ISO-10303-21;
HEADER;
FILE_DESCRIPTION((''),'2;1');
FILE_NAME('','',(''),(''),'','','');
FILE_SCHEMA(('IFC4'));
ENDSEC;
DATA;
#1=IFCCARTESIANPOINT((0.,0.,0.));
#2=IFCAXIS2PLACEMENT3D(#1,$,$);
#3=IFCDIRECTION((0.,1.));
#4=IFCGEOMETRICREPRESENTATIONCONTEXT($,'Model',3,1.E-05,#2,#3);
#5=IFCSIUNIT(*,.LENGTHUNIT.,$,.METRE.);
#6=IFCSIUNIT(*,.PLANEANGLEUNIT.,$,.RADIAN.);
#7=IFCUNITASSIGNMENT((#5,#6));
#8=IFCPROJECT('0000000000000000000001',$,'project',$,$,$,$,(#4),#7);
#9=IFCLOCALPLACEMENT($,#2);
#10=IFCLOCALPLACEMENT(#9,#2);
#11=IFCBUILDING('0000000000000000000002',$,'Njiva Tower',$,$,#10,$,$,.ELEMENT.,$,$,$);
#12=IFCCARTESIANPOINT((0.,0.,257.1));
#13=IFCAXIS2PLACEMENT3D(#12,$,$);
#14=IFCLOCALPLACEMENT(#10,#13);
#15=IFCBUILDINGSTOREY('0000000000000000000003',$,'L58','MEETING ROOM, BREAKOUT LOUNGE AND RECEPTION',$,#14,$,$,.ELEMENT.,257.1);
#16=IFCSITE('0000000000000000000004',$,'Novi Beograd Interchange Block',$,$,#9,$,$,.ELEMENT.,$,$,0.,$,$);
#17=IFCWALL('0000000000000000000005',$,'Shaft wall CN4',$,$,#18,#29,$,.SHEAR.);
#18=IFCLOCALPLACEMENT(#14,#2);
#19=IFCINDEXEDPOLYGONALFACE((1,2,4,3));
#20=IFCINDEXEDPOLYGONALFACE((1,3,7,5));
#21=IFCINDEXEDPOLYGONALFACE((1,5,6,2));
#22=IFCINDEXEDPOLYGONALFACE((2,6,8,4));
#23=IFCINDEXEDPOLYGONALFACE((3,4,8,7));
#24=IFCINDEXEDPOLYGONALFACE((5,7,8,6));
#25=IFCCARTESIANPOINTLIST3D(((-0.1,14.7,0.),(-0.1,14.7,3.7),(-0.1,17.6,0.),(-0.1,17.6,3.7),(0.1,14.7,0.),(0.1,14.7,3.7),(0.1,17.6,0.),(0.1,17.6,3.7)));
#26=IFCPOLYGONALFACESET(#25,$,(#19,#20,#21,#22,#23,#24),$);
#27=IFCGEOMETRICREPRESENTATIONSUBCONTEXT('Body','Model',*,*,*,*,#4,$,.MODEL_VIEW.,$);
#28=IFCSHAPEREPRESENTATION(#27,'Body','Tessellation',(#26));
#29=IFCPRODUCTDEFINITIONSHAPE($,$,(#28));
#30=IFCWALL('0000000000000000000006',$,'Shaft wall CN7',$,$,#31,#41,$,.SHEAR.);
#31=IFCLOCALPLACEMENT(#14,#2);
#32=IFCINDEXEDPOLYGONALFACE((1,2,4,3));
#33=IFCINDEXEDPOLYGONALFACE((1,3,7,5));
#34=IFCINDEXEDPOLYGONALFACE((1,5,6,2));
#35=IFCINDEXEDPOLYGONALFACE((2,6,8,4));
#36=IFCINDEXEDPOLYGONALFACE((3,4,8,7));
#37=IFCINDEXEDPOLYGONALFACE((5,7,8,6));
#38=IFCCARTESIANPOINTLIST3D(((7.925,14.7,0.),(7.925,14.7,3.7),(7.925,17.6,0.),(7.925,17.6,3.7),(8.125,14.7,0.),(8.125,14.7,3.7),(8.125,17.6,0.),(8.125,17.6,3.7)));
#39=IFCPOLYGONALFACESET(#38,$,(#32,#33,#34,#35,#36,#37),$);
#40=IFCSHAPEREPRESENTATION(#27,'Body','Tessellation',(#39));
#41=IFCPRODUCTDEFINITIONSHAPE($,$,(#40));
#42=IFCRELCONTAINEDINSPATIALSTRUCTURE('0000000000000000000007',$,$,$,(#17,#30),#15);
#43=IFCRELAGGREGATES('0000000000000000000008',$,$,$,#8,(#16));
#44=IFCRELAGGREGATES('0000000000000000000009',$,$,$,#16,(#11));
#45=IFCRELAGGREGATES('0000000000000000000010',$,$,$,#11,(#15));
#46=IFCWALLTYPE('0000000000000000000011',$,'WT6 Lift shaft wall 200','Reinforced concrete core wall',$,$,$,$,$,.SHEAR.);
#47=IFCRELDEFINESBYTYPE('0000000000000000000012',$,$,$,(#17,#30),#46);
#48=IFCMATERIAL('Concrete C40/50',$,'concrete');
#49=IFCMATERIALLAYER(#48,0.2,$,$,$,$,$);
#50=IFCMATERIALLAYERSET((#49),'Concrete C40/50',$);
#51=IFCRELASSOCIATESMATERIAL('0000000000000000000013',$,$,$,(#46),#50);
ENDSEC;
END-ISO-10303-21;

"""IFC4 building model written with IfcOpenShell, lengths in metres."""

from ifc_helpers import new_model, si_unit, direction, frame, frame_2d, origin, place, context, subcontext, project, spatial, rectangle, extrude, material, layer, layer_set, type_object, element, save


model = new_model("IFC4")

# Units and contexts
model_context = context("Model", 3, precision=1e-05, world=origin(), true_north=direction((0.0, 1.0)))
body_context = subcontext(model_context, "Body", "Model", "MODEL_VIEW")
ifc_project = project(units=[si_unit("LENGTHUNIT", "METRE"), si_unit("PLANEANGLEUNIT", "RADIAN")], contexts=[model_context])

# Site, building, storey
site_placement = place(None, origin())
site = spatial("IfcSite", under=ifc_project, at=site_placement, Name="Novi Beograd Interchange Block", CompositionType="ELEMENT", RefElevation=0.0)
building_placement = place(site_placement, origin())
building = spatial("IfcBuilding", under=site, at=building_placement, Name="Njiva Tower", CompositionType="ELEMENT")
storey_placement = place(building_placement, frame((0.0, 0.0, 257.1)))
storey = spatial("IfcBuildingStorey", under=building, at=storey_placement, Name="L58", Description="MEETING ROOM, BREAKOUT LOUNGE AND RECEPTION", CompositionType="ELEMENT", Elevation=257.1)

# Walls
ifc_material_1 = material(Name="Concrete C40/50", Category="concrete")
ifc_layer_1 = layer(ifc_material_1, 0.2)
ifc_layer_set_1 = layer_set([ifc_layer_1], Name="Concrete C40/50")
wall_type_1 = type_object("IfcWallType", Name="WT6 Lift shaft wall 200", Description="Reinforced concrete core wall", PredefinedType="SHEAR", material=ifc_layer_set_1)
for number, where, z_axis, x_axis, name in (
    (1, (0.0, 14.7, 0.0), (0.0, 0.0, 1.0), (0.0, 1.0, 0.0), "Shaft wall CN4"),
    (2, (8.025, 14.7, 0.0), (0.0, 0.0, 1.0), (0.0, 1.0, 0.0), "Shaft wall CN7"),
):
    element("IfcWall", number, at=place(storey_placement, frame(where, z_axis=z_axis, x_axis=x_axis)), inside=storey, type_object=wall_type_1, Name=name, PredefinedType="SHEAR", context=body_context, shape_type="SweptSolid", body=[
        extrude(rectangle(XDim=2.9, YDim=0.2, at=frame_2d((1.45, 0.0))), origin(), (0.0, 0.0, 1.0), 3.7),
    ])

save(model, "model.ifc")
